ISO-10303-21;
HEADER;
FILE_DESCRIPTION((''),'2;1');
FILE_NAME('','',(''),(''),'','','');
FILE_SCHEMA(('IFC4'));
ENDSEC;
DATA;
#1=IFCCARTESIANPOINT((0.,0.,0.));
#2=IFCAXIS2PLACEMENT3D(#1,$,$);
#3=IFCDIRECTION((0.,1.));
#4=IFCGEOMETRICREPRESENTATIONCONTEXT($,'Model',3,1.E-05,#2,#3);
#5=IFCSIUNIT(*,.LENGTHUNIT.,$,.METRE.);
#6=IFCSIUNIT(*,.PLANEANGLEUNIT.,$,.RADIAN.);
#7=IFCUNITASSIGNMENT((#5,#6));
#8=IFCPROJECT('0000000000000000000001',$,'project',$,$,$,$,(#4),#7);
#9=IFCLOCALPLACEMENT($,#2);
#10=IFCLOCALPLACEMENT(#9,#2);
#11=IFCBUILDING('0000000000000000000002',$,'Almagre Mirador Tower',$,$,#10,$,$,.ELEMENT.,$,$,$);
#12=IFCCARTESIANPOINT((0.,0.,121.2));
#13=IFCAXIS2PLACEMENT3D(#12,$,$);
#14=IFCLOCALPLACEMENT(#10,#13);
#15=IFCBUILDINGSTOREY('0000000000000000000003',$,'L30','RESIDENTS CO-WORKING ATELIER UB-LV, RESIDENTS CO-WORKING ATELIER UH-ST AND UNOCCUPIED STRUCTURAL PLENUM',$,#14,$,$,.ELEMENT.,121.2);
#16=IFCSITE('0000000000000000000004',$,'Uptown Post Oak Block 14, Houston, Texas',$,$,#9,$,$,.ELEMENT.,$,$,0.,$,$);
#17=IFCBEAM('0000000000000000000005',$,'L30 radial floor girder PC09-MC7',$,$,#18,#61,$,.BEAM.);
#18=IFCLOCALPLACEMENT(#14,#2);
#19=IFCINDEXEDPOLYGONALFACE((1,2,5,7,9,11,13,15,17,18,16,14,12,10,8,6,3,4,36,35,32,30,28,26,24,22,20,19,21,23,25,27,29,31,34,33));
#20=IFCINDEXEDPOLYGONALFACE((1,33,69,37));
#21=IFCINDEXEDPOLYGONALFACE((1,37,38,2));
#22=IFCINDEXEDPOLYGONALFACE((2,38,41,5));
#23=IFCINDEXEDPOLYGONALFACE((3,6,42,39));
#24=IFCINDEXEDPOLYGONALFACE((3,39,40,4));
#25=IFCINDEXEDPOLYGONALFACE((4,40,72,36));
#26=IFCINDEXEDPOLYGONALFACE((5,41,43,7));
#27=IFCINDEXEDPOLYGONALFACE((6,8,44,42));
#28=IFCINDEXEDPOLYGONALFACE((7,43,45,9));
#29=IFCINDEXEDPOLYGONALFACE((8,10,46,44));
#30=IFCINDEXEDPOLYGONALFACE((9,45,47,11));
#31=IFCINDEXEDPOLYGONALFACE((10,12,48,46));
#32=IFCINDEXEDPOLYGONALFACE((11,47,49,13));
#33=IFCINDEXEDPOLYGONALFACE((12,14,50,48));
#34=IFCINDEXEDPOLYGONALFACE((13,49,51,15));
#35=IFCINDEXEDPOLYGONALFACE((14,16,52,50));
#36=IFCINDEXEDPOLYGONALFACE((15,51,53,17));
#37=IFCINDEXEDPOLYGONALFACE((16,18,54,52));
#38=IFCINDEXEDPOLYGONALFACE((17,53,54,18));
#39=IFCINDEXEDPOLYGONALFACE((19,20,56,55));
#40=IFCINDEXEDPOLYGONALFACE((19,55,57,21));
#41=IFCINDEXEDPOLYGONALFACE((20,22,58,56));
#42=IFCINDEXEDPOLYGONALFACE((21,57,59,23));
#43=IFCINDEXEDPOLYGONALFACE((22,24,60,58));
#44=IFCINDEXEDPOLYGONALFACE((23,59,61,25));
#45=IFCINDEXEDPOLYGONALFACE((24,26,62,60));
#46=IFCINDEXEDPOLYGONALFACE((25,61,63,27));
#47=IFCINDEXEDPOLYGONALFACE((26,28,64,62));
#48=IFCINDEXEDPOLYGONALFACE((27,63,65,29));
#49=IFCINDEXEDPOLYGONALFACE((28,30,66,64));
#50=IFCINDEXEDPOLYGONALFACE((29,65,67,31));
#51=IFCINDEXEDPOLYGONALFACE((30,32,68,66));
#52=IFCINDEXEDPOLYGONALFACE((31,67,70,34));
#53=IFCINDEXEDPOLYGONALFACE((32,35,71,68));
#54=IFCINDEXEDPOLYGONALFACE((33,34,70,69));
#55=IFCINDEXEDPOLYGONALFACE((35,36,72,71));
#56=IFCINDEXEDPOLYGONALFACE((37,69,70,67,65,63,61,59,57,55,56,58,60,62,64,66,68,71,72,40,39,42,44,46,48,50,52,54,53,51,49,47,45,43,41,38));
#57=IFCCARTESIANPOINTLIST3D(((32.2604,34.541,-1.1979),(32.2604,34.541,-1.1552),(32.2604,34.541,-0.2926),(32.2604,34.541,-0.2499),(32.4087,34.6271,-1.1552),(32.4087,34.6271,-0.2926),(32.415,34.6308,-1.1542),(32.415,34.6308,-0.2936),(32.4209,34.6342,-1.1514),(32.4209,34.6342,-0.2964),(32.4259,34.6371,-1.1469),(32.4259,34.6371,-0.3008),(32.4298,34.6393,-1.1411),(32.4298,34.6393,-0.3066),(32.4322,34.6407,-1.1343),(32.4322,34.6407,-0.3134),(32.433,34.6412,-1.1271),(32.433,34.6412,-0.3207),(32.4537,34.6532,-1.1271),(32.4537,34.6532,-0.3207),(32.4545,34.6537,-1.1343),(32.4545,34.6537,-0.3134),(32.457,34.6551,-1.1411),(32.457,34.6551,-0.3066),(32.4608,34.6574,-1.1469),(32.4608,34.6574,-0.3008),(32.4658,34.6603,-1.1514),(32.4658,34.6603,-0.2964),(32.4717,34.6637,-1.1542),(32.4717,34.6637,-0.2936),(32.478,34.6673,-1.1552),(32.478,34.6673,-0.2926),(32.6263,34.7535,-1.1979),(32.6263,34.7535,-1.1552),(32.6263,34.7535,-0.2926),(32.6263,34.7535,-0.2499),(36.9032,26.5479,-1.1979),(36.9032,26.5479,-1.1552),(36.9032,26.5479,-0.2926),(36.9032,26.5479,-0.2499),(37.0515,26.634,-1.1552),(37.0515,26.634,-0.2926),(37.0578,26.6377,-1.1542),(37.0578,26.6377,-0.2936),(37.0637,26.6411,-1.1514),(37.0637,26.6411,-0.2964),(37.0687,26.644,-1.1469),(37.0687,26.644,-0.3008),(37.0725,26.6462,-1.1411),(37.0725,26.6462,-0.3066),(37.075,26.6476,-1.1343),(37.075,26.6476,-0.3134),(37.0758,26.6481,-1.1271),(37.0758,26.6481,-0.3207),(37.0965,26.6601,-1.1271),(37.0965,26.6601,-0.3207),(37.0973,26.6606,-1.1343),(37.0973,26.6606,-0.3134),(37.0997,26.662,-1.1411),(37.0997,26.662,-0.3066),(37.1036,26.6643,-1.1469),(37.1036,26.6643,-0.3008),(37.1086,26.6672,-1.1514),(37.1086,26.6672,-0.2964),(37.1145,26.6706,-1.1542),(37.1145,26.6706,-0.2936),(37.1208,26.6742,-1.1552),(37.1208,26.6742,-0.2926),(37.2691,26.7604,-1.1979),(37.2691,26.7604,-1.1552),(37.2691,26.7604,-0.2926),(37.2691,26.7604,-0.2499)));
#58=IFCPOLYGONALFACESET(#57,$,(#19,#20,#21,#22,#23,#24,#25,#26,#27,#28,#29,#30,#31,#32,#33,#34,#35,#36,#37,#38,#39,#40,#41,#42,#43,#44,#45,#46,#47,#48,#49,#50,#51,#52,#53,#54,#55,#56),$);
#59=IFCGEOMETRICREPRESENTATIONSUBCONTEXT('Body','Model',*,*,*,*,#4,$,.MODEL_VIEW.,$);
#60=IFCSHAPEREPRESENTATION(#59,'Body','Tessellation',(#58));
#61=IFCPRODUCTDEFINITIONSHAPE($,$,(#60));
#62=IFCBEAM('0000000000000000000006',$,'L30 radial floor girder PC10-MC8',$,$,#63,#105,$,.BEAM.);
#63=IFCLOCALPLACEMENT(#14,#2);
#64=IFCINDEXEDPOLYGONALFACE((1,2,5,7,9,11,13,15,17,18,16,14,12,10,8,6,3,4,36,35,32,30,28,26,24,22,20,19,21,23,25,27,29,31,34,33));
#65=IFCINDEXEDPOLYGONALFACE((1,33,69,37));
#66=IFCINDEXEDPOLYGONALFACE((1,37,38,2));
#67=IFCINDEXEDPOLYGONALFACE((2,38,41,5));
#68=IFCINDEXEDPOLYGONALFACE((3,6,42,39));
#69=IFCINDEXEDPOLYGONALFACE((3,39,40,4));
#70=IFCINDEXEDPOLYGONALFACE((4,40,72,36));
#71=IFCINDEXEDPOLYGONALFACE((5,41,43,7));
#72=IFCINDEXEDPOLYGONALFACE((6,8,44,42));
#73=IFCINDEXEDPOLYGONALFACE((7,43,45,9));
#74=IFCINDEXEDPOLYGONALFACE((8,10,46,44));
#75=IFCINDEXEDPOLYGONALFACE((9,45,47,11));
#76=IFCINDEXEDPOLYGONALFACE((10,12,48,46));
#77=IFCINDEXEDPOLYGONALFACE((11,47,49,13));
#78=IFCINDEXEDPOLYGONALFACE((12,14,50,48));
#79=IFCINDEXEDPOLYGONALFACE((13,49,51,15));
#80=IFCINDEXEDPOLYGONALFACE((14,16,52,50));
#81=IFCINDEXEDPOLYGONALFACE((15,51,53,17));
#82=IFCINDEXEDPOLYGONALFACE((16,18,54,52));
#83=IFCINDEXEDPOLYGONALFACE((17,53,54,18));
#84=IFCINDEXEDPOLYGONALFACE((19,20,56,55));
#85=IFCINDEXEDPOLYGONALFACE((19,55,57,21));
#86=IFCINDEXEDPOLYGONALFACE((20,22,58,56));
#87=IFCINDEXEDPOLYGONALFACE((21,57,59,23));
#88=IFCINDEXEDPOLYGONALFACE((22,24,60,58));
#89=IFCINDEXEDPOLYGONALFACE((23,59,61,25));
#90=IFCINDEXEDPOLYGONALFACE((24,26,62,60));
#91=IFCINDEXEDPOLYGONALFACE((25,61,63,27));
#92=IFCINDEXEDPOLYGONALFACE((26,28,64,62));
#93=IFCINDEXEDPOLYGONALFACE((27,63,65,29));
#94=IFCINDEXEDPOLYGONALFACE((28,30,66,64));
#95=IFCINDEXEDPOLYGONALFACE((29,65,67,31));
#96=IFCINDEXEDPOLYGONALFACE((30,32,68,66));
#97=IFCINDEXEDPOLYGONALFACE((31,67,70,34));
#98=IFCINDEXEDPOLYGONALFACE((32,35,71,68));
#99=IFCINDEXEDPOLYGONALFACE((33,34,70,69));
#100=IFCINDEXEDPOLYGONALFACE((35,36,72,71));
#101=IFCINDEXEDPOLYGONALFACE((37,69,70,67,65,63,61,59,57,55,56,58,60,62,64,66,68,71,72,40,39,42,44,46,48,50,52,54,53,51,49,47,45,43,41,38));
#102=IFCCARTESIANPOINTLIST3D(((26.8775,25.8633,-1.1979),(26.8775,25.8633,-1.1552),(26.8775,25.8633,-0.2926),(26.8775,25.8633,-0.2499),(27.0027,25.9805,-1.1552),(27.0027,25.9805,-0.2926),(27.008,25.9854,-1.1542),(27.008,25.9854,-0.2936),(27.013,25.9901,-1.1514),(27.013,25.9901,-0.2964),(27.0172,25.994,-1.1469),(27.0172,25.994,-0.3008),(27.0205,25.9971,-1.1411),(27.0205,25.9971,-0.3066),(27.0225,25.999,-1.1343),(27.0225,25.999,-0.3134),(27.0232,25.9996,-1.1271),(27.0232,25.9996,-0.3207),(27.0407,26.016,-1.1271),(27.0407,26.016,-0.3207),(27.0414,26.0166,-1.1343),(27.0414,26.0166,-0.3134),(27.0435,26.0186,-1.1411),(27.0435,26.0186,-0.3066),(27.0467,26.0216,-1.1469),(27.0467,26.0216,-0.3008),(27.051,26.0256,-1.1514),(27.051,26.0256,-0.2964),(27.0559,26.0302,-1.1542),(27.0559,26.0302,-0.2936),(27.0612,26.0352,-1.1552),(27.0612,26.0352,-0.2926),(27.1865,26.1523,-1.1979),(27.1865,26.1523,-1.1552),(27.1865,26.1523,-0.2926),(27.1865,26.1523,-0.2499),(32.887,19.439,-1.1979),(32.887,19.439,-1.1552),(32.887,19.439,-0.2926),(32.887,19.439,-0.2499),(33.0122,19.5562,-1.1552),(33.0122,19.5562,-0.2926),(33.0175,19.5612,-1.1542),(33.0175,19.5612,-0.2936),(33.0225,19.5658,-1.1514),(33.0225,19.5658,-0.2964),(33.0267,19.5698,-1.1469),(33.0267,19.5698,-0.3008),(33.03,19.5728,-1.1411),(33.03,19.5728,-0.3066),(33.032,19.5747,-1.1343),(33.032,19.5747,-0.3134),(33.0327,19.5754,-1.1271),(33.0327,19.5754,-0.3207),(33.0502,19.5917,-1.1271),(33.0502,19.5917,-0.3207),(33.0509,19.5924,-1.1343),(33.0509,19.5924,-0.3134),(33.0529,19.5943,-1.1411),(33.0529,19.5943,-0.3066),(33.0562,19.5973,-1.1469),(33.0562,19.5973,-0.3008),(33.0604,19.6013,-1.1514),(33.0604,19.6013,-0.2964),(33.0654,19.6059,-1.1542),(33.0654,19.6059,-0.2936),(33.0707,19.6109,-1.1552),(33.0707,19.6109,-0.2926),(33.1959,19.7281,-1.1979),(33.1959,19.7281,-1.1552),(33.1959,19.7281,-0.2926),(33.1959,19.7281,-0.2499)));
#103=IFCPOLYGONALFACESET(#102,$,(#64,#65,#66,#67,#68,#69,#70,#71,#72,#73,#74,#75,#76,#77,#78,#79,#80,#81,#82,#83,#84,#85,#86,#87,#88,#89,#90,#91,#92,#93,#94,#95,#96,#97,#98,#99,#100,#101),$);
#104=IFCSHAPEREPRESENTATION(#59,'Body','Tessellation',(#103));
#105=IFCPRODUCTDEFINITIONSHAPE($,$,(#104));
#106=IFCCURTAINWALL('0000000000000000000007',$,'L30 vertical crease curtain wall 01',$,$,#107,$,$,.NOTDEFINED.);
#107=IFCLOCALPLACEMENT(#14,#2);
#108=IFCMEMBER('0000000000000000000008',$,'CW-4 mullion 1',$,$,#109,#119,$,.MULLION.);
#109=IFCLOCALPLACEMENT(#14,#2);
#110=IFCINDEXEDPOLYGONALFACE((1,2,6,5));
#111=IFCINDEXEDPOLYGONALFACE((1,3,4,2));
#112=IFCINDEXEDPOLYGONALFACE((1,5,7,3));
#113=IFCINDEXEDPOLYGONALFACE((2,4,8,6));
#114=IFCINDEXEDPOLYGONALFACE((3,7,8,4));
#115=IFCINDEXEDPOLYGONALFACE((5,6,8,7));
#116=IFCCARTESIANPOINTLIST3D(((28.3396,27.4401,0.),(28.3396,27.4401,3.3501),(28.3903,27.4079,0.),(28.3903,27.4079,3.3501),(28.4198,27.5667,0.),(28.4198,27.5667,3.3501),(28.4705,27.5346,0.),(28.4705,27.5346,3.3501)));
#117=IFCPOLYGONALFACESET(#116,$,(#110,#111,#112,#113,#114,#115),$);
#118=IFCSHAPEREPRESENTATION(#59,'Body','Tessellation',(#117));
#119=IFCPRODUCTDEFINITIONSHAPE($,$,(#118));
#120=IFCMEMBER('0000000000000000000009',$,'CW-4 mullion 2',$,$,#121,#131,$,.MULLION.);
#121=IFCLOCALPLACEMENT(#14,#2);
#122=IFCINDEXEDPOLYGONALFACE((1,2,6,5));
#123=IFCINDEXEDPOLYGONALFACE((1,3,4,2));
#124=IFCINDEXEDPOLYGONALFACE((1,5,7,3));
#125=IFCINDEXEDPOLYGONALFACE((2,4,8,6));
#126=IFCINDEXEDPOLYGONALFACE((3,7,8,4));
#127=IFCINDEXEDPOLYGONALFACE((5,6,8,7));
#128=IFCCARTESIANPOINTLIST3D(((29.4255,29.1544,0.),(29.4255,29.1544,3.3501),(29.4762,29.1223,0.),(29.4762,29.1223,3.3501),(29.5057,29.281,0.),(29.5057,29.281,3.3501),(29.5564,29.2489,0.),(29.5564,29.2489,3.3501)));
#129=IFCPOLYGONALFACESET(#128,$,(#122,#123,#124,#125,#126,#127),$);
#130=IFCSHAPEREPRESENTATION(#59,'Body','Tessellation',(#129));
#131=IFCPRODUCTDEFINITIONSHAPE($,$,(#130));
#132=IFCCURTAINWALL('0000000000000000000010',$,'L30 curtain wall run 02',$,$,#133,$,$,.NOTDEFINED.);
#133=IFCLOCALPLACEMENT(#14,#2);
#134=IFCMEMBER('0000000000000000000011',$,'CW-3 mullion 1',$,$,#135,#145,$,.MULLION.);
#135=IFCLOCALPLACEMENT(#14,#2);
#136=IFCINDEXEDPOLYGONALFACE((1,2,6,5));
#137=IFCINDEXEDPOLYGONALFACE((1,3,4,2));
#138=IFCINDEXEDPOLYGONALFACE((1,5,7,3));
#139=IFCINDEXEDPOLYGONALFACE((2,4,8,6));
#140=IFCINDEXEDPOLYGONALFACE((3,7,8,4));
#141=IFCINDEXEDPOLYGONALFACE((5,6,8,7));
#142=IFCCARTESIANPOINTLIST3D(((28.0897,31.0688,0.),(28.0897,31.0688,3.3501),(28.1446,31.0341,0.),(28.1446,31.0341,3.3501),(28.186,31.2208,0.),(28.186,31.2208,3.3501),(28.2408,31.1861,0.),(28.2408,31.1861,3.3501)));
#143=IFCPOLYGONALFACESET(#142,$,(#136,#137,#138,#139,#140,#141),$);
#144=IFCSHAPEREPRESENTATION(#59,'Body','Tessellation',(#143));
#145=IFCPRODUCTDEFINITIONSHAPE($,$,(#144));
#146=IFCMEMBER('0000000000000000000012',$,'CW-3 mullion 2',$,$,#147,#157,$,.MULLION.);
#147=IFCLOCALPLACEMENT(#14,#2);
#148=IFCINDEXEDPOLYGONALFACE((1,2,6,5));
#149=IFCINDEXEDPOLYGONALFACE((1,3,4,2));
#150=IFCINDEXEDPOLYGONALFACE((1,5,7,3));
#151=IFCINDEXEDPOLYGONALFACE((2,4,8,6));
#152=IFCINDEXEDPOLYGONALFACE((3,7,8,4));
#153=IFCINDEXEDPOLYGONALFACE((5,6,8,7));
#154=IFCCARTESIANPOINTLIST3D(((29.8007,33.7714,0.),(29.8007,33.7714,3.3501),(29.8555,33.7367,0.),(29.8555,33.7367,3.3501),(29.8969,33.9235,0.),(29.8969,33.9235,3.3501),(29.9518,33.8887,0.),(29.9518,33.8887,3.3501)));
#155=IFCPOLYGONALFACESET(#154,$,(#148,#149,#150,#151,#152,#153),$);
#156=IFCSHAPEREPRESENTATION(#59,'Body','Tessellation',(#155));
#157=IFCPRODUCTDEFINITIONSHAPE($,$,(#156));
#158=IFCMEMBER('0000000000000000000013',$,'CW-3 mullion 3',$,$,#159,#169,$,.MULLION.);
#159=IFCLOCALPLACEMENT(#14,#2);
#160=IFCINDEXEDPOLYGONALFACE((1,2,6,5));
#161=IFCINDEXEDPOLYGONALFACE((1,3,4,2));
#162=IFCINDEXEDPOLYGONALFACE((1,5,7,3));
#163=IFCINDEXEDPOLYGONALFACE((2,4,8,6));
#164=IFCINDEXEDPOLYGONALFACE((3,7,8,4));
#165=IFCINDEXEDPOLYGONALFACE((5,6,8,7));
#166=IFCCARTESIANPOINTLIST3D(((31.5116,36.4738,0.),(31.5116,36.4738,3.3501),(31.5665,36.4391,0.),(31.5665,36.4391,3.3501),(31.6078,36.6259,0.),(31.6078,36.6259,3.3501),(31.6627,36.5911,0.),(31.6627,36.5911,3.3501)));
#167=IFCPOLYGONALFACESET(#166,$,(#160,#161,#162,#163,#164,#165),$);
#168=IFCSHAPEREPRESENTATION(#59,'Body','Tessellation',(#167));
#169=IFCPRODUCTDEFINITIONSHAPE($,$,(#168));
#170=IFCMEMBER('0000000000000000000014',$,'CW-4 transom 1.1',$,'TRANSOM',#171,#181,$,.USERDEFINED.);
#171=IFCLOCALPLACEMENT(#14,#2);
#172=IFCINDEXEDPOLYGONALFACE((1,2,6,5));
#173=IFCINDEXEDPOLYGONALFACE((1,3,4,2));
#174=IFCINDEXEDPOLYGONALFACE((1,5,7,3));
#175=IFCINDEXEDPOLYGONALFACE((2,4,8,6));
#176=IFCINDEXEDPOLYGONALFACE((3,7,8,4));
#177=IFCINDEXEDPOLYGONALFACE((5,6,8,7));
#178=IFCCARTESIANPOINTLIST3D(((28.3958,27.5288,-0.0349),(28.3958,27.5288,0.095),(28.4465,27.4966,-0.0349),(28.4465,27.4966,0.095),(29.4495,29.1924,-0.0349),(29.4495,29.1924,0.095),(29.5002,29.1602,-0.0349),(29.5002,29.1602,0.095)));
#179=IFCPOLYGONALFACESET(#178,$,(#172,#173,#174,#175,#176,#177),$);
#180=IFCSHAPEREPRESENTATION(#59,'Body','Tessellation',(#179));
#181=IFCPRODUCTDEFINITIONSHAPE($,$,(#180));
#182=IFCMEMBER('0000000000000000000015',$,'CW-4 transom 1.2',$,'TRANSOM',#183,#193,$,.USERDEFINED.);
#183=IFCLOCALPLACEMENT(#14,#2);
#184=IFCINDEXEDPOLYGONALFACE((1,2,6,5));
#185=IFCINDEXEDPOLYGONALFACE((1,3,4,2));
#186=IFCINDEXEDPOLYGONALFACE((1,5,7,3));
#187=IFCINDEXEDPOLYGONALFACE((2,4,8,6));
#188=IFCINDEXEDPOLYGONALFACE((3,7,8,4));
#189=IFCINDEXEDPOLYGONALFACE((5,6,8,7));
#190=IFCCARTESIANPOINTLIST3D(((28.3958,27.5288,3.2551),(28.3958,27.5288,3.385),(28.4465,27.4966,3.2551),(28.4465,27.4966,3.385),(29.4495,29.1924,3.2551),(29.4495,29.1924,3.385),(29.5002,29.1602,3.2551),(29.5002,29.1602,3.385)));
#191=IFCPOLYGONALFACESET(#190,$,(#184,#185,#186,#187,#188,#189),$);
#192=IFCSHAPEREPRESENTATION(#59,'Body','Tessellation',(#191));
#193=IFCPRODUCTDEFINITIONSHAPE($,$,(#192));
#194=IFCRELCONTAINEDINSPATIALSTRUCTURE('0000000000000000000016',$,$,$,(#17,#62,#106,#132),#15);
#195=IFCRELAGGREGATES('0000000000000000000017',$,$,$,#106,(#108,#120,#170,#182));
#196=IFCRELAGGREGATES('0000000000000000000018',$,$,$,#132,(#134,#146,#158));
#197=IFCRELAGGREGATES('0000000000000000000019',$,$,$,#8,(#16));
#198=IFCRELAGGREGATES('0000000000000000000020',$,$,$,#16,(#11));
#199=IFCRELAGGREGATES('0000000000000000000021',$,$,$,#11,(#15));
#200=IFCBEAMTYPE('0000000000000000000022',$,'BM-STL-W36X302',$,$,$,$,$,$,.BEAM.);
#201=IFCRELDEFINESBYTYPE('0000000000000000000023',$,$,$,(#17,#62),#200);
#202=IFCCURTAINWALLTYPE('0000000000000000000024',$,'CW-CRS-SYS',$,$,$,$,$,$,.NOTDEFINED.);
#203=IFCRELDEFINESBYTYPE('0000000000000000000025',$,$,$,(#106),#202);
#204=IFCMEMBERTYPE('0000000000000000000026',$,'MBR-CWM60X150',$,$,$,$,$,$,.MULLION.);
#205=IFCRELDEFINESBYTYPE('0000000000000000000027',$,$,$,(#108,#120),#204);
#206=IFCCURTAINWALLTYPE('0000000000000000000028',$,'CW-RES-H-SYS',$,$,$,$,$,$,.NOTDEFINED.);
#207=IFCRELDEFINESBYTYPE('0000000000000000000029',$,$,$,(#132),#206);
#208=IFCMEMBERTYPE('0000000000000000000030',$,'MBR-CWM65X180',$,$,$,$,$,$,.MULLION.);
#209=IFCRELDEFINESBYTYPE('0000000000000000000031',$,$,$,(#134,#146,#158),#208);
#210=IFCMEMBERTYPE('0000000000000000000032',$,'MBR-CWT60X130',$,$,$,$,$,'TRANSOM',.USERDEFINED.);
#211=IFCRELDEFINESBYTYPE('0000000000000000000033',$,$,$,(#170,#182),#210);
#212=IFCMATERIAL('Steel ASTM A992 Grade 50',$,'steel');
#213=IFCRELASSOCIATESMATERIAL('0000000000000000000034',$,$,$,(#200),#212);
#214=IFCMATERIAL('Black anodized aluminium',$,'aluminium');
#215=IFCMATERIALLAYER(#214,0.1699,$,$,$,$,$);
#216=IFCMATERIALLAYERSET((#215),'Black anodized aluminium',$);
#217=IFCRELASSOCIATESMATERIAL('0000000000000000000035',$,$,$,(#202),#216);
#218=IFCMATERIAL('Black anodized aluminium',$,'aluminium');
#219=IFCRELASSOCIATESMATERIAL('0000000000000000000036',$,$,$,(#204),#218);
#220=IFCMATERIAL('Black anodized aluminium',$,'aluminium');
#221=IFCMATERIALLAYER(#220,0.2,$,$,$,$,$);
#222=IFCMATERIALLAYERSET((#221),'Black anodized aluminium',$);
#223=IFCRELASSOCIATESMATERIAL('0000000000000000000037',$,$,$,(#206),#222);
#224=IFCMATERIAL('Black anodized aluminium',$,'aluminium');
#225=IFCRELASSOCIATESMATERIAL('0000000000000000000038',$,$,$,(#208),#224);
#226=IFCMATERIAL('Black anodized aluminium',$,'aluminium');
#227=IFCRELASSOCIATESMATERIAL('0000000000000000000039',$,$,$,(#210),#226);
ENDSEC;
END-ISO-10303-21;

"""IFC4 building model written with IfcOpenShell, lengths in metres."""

from ifc_helpers import new_model, si_unit, direction, frame, origin, origin_2d, place, context, subcontext, project, spatial, rectangle, i_section, extrude, material, layer, layer_set, material_profile, profile_set, type_object, element, aggregate, save


model = new_model("IFC4")

# Units and contexts
model_context = context("Model", 3, precision=1e-05, world=origin(), true_north=direction((0.0, 1.0)))
body_context = subcontext(model_context, "Body", "Model", "MODEL_VIEW")
ifc_project = project(units=[si_unit("LENGTHUNIT", "METRE"), si_unit("PLANEANGLEUNIT", "RADIAN")], contexts=[model_context])

# Site, building, storey
site_placement = place(None, origin())
site = spatial("IfcSite", under=ifc_project, at=site_placement, Name="Uptown Post Oak Block 14, Houston, Texas", CompositionType="ELEMENT", RefElevation=0.0)
building_placement = place(site_placement, origin())
building = spatial("IfcBuilding", under=site, at=building_placement, Name="Almagre Mirador Tower", CompositionType="ELEMENT")
storey_placement = place(building_placement, frame((0.0, 0.0, 121.2)))
storey = spatial("IfcBuildingStorey", under=building, at=storey_placement, Name="L30", Description="RESIDENTS CO-WORKING ATELIER UB-LV, RESIDENTS CO-WORKING ATELIER UH-ST AND UNOCCUPIED STRUCTURAL PLENUM", CompositionType="ELEMENT", Elevation=121.2)

# Beams
ifc_material_1 = material(Name="Steel ASTM A992 Grade 50", Category="steel")
ifc_material_profile_1 = material_profile(ifc_material_1, i_section(OverallWidth=0.4231, OverallDepth=0.948, WebThickness=0.0239, FlangeThickness=0.0427, FilletRadius=0.0281, at=origin_2d()), Name="W36X302")
ifc_profile_set_1 = profile_set([ifc_material_profile_1], Name="Steel ASTM A992 Grade 50")
beam_type_1 = type_object("IfcBeamType", Name="BM-STL-W36X302", PredefinedType="BEAM", material=ifc_profile_set_1)
beam_1_placement = place(storey_placement, frame((32.4434, 34.6472, -0.7239), z_axis=(0.502267, -0.864712, 0.0), x_axis=(0.864712, 0.502267, 0.0)))
element("IfcBeam", 1, at=beam_1_placement, inside=storey, type_object=beam_type_1, Name="L30 radial floor girder PC09-MC7", PredefinedType="BEAM", context=body_context, shape_type="SweptSolid", body=[
    extrude(i_section(OverallWidth=0.4231, OverallDepth=0.948, WebThickness=0.0239, FlangeThickness=0.0427, FilletRadius=0.0281, at=origin_2d()), origin(), (0.0, 0.0, 1.0), 9.2437),
])
beam_2_placement = place(storey_placement, frame((27.032, 26.0078, -0.7239), z_axis=(0.683138, -0.73029, 0.0), x_axis=(0.73029, 0.683138, 0.0)))
element("IfcBeam", 2, at=beam_2_placement, inside=storey, type_object=beam_type_1, Name="L30 radial floor girder PC10-MC8", PredefinedType="BEAM", context=body_context, shape_type="SweptSolid", body=[
    extrude(i_section(OverallWidth=0.4231, OverallDepth=0.948, WebThickness=0.0239, FlangeThickness=0.0427, FilletRadius=0.0281, at=origin_2d()), origin(), (0.0, 0.0, 1.0), 8.7969),
])

# Curtain walls, members
ifc_material_2 = material(Name="Black anodized aluminium", Category="aluminium")
ifc_layer_1 = layer(ifc_material_2, 0.1699)
ifc_layer_set_1 = layer_set([ifc_layer_1], Name="Black anodized aluminium")
curtain_wall_type_1 = type_object("IfcCurtainWallType", Name="CW-CRS-SYS", PredefinedType="NOTDEFINED", material=ifc_layer_set_1)
curtain_wall_1_placement = place(storey_placement, origin())
curtain_wall_1 = element("IfcCurtainWall", 3, at=curtain_wall_1_placement, inside=storey, type_object=curtain_wall_type_1, Name="L30 vertical crease curtain wall 01", PredefinedType="NOTDEFINED")
ifc_material_3 = material(Name="Black anodized aluminium", Category="aluminium")
ifc_material_profile_2 = material_profile(ifc_material_3, rectangle(XDim=0.0601, YDim=0.1499, at=origin_2d()), Name="CWM60X150")
ifc_profile_set_2 = profile_set([ifc_material_profile_2], Name="Black anodized aluminium")
member_type_1 = type_object("IfcMemberType", Name="MBR-CWM60X150", PredefinedType="MULLION", material=ifc_profile_set_2)
member_1_placement = place(storey_placement, frame((28.405, 27.4873, 0.0), z_axis=(0.0, 0.0, 1.0), x_axis=(-0.844783, 0.535109, 0.0)))
member_1 = element("IfcMember", 4, at=member_1_placement, type_object=member_type_1, Name="CW-4 mullion 1", PredefinedType="MULLION", context=body_context, shape_type="SweptSolid", body=[
    extrude(rectangle(XDim=0.0601, YDim=0.1499, at=origin_2d()), origin(), (0.0, 0.0, 1.0), 3.3501),
])
member_2_placement = place(storey_placement, frame((29.491, 29.2017, 0.0), z_axis=(0.0, 0.0, 1.0), x_axis=(-0.844783, 0.535109, 0.0)))
member_2 = element("IfcMember", 5, at=member_2_placement, type_object=member_type_1, Name="CW-4 mullion 2", PredefinedType="MULLION", context=body_context, shape_type="SweptSolid", body=[
    extrude(rectangle(XDim=0.0601, YDim=0.1499, at=origin_2d()), origin(), (0.0, 0.0, 1.0), 3.3501),
])
ifc_material_4 = material(Name="Black anodized aluminium", Category="aluminium")
ifc_layer_2 = layer(ifc_material_4, 0.2)
ifc_layer_set_2 = layer_set([ifc_layer_2], Name="Black anodized aluminium")
curtain_wall_type_2 = type_object("IfcCurtainWallType", Name="CW-RES-H-SYS", PredefinedType="NOTDEFINED", material=ifc_layer_set_2)
curtain_wall_2_placement = place(storey_placement, origin())
curtain_wall_2 = element("IfcCurtainWall", 6, at=curtain_wall_2_placement, inside=storey, type_object=curtain_wall_type_2, Name="L30 curtain wall run 02", PredefinedType="NOTDEFINED")
ifc_material_5 = material(Name="Black anodized aluminium", Category="aluminium")
ifc_material_profile_3 = material_profile(ifc_material_5, rectangle(XDim=0.0649, YDim=0.1799, at=origin_2d()), Name="CWM65X180")
ifc_profile_set_3 = profile_set([ifc_material_profile_3], Name="Black anodized aluminium")
member_type_2 = type_object("IfcMemberType", Name="MBR-CWM65X180", PredefinedType="MULLION", material=ifc_profile_set_3)
member_3_placement = place(storey_placement, frame((28.1653, 31.1274, 0.0), z_axis=(0.0, 0.0, 1.0), x_axis=(-0.844924, 0.534886, 0.0)))
member_3 = element("IfcMember", 7, at=member_3_placement, type_object=member_type_2, Name="CW-3 mullion 1", PredefinedType="MULLION", context=body_context, shape_type="SweptSolid", body=[
    extrude(rectangle(XDim=0.0649, YDim=0.1799, at=origin_2d()), origin(), (0.0, 0.0, 1.0), 3.3501),
])
member_4_placement = place(storey_placement, frame((29.8762, 33.8301, 0.0), z_axis=(0.0, 0.0, 1.0), x_axis=(-0.844924, 0.534886, 0.0)))
member_4 = element("IfcMember", 8, at=member_4_placement, type_object=member_type_2, Name="CW-3 mullion 2", PredefinedType="MULLION", context=body_context, shape_type="SweptSolid", body=[
    extrude(rectangle(XDim=0.0649, YDim=0.1799, at=origin_2d()), origin(), (0.0, 0.0, 1.0), 3.3501),
])
member_5_placement = place(storey_placement, frame((31.5872, 36.5325, 0.0), z_axis=(0.0, 0.0, 1.0), x_axis=(-0.844924, 0.534886, 0.0)))
member_5 = element("IfcMember", 9, at=member_5_placement, type_object=member_type_2, Name="CW-3 mullion 3", PredefinedType="MULLION", context=body_context, shape_type="SweptSolid", body=[
    extrude(rectangle(XDim=0.0649, YDim=0.1799, at=origin_2d()), origin(), (0.0, 0.0, 1.0), 3.3501),
])

# Members
ifc_material_6 = material(Name="Black anodized aluminium", Category="aluminium")
ifc_material_profile_4 = material_profile(ifc_material_6, rectangle(XDim=0.0601, YDim=0.1299, at=origin_2d()), Name="CWT60X130")
ifc_profile_set_4 = profile_set([ifc_material_profile_4], Name="Black anodized aluminium")
member_type_3 = type_object("IfcMemberType", Name="MBR-CWT60X130", ElementType="TRANSOM", PredefinedType="USERDEFINED", material=ifc_profile_set_4)
member_6_placement = place(storey_placement, frame((28.4211, 27.5127, 0.03), z_axis=(0.535093, 0.844793, 0.0), x_axis=(-0.844793, 0.535093, 0.0)))
member_6 = element("IfcMember", 10, at=member_6_placement, type_object=member_type_3, Name="CW-4 transom 1.1", ObjectType="TRANSOM", PredefinedType="USERDEFINED", context=body_context, shape_type="SweptSolid", body=[
    extrude(rectangle(XDim=0.0601, YDim=0.1299, at=origin_2d()), origin(), (0.0, 0.0, 1.0), 1.9692),
])
member_7_placement = place(storey_placement, frame((28.4211, 27.5127, 3.3201), z_axis=(0.535093, 0.844793, 0.0), x_axis=(-0.844793, 0.535093, 0.0)))
member_7 = element("IfcMember", 11, at=member_7_placement, type_object=member_type_3, Name="CW-4 transom 1.2", ObjectType="TRANSOM", PredefinedType="USERDEFINED", context=body_context, shape_type="SweptSolid", body=[
    extrude(rectangle(XDim=0.0601, YDim=0.1299, at=origin_2d()), origin(), (0.0, 0.0, 1.0), 1.9692),
])

aggregate(curtain_wall_1, [member_1, member_2, member_6, member_7])
aggregate(curtain_wall_2, [member_3, member_4, member_5])

save(model, "model.ifc")
